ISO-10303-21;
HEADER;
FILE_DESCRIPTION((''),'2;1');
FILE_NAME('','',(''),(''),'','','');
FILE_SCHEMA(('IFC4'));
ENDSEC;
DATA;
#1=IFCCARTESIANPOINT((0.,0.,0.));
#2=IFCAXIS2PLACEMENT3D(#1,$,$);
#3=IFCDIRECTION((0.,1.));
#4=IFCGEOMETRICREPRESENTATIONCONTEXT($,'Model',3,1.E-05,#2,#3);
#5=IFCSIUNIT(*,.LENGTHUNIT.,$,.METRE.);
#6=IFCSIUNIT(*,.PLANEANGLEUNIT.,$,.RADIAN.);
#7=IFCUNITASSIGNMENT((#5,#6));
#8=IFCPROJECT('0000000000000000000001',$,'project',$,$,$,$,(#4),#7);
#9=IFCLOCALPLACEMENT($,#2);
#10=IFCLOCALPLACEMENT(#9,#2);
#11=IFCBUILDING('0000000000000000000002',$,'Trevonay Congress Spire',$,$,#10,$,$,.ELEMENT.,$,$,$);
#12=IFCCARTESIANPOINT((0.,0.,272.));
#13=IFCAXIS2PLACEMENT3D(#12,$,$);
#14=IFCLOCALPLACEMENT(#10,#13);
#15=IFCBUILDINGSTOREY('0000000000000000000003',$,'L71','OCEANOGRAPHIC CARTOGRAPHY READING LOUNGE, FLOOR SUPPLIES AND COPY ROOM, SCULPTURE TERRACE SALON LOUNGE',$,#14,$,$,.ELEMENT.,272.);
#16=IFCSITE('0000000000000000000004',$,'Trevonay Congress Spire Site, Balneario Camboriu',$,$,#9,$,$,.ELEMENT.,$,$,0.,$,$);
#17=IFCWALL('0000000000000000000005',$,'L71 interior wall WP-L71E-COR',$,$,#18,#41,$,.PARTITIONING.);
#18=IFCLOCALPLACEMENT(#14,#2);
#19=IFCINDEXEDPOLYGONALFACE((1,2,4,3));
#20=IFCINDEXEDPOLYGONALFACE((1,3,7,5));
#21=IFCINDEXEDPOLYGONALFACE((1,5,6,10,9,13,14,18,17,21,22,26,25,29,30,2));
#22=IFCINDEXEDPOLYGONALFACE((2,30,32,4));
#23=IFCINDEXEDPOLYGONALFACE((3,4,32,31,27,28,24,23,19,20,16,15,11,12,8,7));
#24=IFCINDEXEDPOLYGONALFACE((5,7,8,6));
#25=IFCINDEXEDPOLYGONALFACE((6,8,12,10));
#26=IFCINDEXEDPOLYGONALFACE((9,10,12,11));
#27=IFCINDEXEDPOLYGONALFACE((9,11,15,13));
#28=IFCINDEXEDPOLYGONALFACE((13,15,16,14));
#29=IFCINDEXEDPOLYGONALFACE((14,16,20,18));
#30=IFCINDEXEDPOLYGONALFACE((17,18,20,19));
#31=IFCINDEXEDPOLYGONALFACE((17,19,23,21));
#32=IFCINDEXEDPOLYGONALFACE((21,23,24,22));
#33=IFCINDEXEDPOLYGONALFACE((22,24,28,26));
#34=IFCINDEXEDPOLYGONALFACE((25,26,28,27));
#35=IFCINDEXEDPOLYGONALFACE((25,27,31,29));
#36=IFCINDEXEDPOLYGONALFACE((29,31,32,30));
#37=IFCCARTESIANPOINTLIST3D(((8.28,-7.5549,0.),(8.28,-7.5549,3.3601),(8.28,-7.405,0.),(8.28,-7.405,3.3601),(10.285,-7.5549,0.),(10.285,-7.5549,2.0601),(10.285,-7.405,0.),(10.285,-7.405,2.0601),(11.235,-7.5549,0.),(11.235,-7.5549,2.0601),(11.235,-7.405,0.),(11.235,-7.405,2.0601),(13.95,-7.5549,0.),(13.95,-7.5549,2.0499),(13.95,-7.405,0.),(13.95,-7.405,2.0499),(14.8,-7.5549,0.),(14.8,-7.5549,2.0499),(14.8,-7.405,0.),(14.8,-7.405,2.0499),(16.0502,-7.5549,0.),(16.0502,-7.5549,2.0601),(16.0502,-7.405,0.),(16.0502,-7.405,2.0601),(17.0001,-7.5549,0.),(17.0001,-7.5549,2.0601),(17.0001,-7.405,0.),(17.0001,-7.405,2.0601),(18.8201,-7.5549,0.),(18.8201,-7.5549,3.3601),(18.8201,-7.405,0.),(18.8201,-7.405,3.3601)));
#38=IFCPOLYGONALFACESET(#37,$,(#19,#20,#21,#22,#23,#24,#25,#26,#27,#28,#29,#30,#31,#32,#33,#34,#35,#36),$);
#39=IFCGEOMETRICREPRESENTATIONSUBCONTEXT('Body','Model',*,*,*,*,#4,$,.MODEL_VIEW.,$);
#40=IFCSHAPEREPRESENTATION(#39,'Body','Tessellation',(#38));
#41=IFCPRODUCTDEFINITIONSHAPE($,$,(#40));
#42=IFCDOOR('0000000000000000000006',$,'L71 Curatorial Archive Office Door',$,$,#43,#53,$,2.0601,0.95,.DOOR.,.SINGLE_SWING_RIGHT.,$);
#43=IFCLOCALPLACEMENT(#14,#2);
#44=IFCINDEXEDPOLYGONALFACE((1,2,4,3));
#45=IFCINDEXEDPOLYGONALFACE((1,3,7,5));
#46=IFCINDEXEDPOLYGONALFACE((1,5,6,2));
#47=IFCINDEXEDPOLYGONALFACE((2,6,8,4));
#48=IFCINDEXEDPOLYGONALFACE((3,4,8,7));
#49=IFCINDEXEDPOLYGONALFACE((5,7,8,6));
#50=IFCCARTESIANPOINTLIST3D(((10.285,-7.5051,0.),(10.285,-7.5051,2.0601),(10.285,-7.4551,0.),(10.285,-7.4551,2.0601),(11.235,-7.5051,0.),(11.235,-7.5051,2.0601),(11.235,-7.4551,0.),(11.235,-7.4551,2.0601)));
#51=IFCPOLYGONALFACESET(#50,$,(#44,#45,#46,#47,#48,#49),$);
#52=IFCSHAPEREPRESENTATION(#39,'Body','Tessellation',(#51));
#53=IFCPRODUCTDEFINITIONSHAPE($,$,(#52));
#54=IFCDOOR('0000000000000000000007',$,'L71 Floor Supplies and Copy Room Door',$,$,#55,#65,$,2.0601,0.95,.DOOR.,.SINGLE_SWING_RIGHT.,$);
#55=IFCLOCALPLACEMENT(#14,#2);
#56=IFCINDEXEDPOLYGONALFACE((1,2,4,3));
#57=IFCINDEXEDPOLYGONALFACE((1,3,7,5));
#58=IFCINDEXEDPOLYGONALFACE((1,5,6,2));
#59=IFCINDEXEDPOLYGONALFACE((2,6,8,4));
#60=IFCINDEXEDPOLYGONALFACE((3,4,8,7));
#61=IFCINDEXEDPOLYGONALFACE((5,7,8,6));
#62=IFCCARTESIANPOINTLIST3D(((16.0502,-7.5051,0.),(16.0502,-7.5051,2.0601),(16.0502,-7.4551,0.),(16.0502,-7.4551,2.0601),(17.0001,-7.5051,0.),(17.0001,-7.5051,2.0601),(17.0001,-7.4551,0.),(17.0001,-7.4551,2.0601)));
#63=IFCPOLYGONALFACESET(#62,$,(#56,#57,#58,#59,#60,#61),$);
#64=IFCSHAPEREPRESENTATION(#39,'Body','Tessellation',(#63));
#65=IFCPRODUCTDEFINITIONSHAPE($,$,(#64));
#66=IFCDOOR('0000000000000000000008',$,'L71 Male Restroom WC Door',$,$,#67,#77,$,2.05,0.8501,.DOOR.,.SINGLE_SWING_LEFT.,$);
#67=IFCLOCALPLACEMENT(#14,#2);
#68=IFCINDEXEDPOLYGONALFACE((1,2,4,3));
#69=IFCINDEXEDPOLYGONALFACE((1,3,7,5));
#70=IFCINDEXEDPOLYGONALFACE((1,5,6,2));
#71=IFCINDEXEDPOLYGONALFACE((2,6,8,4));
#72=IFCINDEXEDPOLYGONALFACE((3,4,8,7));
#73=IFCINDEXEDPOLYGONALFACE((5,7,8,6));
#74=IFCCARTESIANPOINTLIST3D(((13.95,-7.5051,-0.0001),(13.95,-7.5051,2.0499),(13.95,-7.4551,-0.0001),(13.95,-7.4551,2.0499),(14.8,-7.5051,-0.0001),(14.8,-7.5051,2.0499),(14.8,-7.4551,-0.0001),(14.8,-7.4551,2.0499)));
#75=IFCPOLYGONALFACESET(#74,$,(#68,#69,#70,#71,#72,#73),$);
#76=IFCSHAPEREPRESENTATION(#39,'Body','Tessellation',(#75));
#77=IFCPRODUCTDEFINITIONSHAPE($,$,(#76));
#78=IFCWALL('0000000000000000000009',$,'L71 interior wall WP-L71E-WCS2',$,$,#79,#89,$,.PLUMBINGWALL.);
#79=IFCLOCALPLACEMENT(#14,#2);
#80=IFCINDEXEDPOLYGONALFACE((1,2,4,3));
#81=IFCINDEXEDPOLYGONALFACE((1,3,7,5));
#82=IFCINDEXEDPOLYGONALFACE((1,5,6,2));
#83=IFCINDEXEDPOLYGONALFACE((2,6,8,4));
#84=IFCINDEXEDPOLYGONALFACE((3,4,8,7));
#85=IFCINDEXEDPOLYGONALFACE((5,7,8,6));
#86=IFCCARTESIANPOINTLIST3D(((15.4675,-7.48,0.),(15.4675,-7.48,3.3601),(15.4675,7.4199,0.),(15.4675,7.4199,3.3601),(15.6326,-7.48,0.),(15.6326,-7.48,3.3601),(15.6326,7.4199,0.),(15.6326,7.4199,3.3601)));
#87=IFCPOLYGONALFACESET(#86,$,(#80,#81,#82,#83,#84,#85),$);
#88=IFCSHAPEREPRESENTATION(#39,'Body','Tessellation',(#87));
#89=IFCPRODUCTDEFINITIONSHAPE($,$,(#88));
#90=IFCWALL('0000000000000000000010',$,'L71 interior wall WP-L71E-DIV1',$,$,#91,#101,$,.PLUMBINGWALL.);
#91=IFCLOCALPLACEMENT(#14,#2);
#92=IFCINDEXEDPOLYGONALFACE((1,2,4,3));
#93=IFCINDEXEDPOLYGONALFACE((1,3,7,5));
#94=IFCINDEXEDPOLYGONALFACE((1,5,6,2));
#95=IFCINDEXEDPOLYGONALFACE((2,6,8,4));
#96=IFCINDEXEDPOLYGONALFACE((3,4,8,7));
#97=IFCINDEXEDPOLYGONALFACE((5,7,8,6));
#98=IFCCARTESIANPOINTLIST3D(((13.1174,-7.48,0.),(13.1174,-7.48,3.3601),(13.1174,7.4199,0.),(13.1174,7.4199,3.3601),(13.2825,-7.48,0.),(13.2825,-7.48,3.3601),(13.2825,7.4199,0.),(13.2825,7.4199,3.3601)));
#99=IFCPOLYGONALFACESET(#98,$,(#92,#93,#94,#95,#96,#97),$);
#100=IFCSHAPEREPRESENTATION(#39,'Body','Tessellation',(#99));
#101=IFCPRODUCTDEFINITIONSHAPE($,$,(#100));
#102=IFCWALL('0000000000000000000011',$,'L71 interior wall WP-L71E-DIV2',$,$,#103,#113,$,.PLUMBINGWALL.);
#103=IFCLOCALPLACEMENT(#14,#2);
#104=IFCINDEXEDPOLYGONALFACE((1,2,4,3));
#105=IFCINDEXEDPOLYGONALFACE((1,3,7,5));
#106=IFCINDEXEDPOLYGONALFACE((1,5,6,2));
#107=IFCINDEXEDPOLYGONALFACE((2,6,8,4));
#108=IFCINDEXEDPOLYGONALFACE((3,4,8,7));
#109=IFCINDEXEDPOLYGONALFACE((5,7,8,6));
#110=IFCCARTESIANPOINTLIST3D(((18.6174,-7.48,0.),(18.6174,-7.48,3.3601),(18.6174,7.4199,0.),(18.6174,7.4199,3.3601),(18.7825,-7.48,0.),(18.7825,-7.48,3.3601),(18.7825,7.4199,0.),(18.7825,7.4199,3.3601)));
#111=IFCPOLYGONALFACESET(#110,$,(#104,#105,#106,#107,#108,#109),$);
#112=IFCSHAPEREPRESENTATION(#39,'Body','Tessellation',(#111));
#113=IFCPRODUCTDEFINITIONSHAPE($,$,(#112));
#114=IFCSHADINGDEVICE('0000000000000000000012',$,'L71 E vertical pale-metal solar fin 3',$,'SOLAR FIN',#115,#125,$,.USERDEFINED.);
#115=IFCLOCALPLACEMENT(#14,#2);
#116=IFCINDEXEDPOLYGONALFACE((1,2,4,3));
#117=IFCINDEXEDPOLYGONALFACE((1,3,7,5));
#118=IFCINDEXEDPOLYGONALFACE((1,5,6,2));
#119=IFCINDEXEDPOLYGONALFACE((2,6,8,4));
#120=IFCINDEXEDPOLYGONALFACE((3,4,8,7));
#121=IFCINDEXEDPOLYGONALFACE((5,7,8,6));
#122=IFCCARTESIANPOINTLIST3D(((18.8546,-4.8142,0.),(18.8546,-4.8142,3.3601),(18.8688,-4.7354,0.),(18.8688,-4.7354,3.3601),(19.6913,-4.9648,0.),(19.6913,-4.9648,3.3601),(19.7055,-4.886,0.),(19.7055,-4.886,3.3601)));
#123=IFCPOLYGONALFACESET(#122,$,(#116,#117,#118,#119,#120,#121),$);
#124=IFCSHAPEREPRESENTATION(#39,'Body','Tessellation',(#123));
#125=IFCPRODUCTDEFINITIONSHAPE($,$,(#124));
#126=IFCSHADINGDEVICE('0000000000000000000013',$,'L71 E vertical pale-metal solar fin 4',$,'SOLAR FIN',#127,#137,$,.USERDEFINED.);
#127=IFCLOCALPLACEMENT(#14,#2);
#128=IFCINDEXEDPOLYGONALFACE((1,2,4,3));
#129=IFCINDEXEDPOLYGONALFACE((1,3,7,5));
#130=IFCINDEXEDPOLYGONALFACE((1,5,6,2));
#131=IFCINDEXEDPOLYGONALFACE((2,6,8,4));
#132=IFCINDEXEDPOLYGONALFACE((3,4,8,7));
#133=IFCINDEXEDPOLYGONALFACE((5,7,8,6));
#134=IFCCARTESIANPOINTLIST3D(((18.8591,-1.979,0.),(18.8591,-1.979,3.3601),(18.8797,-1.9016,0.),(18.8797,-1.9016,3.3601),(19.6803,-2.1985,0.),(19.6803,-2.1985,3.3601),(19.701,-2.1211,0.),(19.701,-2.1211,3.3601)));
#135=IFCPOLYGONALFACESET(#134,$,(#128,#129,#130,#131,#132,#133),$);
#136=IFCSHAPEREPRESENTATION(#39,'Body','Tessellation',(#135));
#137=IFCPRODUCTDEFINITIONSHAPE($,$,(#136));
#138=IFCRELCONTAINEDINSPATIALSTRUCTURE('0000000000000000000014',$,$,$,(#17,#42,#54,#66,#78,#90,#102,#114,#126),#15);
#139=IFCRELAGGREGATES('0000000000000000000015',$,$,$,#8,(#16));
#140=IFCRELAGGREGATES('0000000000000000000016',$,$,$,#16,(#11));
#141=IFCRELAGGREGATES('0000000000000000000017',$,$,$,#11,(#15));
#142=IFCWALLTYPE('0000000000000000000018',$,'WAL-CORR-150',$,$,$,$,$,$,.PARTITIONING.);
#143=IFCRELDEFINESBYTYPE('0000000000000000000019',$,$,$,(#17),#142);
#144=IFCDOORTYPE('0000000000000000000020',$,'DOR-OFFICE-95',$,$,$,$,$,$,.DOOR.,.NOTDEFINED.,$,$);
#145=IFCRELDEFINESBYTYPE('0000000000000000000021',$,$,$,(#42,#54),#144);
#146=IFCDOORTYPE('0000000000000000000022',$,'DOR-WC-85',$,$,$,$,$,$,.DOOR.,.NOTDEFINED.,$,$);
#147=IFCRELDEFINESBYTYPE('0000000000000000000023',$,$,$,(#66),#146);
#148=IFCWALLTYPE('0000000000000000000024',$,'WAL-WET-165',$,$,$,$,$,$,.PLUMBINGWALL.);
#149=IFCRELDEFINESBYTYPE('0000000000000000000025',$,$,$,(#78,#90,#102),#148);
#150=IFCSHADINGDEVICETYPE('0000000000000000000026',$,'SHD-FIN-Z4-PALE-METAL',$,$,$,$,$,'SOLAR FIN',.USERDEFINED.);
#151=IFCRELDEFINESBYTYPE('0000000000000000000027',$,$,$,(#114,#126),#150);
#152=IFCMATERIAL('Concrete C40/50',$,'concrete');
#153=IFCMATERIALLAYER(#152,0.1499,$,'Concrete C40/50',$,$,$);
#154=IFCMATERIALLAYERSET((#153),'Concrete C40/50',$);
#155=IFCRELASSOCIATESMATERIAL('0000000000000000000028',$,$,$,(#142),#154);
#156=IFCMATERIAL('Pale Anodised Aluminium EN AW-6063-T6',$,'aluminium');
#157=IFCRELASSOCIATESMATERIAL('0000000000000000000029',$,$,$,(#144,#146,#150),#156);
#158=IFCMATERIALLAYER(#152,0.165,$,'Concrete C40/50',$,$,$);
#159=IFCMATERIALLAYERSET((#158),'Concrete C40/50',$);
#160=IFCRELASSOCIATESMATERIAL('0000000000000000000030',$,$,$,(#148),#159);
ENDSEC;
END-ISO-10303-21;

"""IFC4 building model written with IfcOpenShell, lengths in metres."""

from ifc_helpers import new_model, si_unit, direction, frame, frame_2d, origin, origin_2d, place, context, subcontext, project, spatial, rectangle, extrude, material, layer, layer_set, type_object, element, fill, save


model = new_model("IFC4")

# Units and contexts
model_context = context("Model", 3, precision=1e-05, world=origin(), true_north=direction((0.0, 1.0)))
body_context = subcontext(model_context, "Body", "Model", "MODEL_VIEW")
ifc_project = project(units=[si_unit("LENGTHUNIT", "METRE"), si_unit("PLANEANGLEUNIT", "RADIAN")], contexts=[model_context])

# Site, building, storey
site_placement = place(None, origin())
site = spatial("IfcSite", under=ifc_project, at=site_placement, Name="Trevonay Congress Spire Site, Balneario Camboriu", CompositionType="ELEMENT", RefElevation=0.0)
building_placement = place(site_placement, origin())
building = spatial("IfcBuilding", under=site, at=building_placement, Name="Trevonay Congress Spire", CompositionType="ELEMENT")
storey_placement = place(building_placement, frame((0.0, 0.0, 272.0)))
storey = spatial("IfcBuildingStorey", under=building, at=storey_placement, Name="L71", Description="OCEANOGRAPHIC CARTOGRAPHY READING LOUNGE, FLOOR SUPPLIES AND COPY ROOM, SCULPTURE TERRACE SALON LOUNGE", CompositionType="ELEMENT", Elevation=272.0)

# Shared definitions
ifc_material_1 = material(Name="Pale Anodised Aluminium EN AW-6063-T6", Category="aluminium")

# Shared definitions
ifc_material_2 = material(Name="Concrete C40/50", Category="concrete")
ifc_layer_1 = layer(ifc_material_2, 0.1499, Name="Concrete C40/50")
ifc_layer_set_1 = layer_set([ifc_layer_1], Name="Concrete C40/50")
wall_type_1 = type_object("IfcWallType", Name="WAL-CORR-150", PredefinedType="PARTITIONING", material=ifc_layer_set_1)

# Wall, openings, doors
wall_1_placement = place(storey_placement, frame((8.28, -7.48, 0.0), z_axis=(0.0, 0.0, 1.0), x_axis=(1.0, 0.0, 0.0)))
wall_1 = element("IfcWall", 1, at=wall_1_placement, inside=storey, type_object=wall_type_1, Name="L71 interior wall WP-L71E-COR", PredefinedType="PARTITIONING", context=body_context, shape_type="SweptSolid", body=[
    extrude(rectangle(XDim=10.54, YDim=0.1499, at=frame_2d((5.27, 0.0))), origin(), (0.0, 0.0, 1.0), 3.3601),
])
opening_1_placement = place(wall_1_placement, frame((2.0049, 0.0, 0.0)))
opening_1 = element("IfcOpeningElement", 2, at=opening_1_placement, cuts=wall_1, PredefinedType="OPENING", context=body_context, shape_type="SweptSolid", body=[
    extrude(rectangle(XDim=0.95, YDim=2.0601, at=frame_2d((0.4751, 1.03))), frame((0.0, 0.085, 0.0), z_axis=(0.0, -1.0, 0.0), x_axis=(1.0, 0.0, 0.0)), (0.0, 0.0, 1.0), 0.1699),
])
opening_2_placement = place(wall_1_placement, frame((5.6699, 0.0, 0.0)))
opening_2 = element("IfcOpeningElement", 3, at=opening_2_placement, cuts=wall_1, PredefinedType="OPENING", context=body_context, shape_type="SweptSolid", body=[
    extrude(rectangle(XDim=0.8501, YDim=2.05, at=frame_2d((0.425, 1.0249))), frame((0.0, 0.085, 0.0), z_axis=(0.0, -1.0, 0.0), x_axis=(1.0, 0.0, 0.0)), (0.0, 0.0, 1.0), 0.1699),
])
opening_3_placement = place(wall_1_placement, frame((7.77, 0.0, 0.0)))
opening_3 = element("IfcOpeningElement", 4, at=opening_3_placement, cuts=wall_1, PredefinedType="OPENING", context=body_context, shape_type="SweptSolid", body=[
    extrude(rectangle(XDim=0.95, YDim=2.0601, at=frame_2d((0.4751, 1.03))), frame((0.0, 0.085, 0.0), z_axis=(0.0, -1.0, 0.0), x_axis=(1.0, 0.0, 0.0)), (0.0, 0.0, 1.0), 0.1699),
])
door_type_1 = type_object("IfcDoorType", Name="DOR-OFFICE-95", OperationType="NOTDEFINED", PredefinedType="DOOR", material=ifc_material_1)
door_1_placement = place(opening_1_placement, origin())
door_1 = element("IfcDoor", 5, at=door_1_placement, inside=storey, type_object=door_type_1, Name="L71 Curatorial Archive Office Door", OperationType="SINGLE_SWING_RIGHT", OverallHeight=2.0601, OverallWidth=0.95, PredefinedType="DOOR", context=body_context, shape_type="SweptSolid", body=[
    extrude(rectangle(XDim=0.95, YDim=2.0601, at=frame_2d((0.4751, 1.03))), frame((0.0, 0.0249, 0.0), z_axis=(0.0, -1.0, 0.0), x_axis=(1.0, 0.0, 0.0)), (0.0, 0.0, 1.0), 0.05),
])
fill(opening_1, door_1)
door_2_placement = place(opening_3_placement, origin())
door_2 = element("IfcDoor", 6, at=door_2_placement, inside=storey, type_object=door_type_1, Name="L71 Floor Supplies and Copy Room Door", OperationType="SINGLE_SWING_RIGHT", OverallHeight=2.0601, OverallWidth=0.95, PredefinedType="DOOR", context=body_context, shape_type="SweptSolid", body=[
    extrude(rectangle(XDim=0.95, YDim=2.0601, at=frame_2d((0.4751, 1.03))), frame((0.0, 0.0249, 0.0), z_axis=(0.0, -1.0, 0.0), x_axis=(1.0, 0.0, 0.0)), (0.0, 0.0, 1.0), 0.05),
])
fill(opening_3, door_2)
door_type_2 = type_object("IfcDoorType", Name="DOR-WC-85", OperationType="NOTDEFINED", PredefinedType="DOOR", material=ifc_material_1)
door_3_placement = place(opening_2_placement, origin())
door_3 = element("IfcDoor", 7, at=door_3_placement, inside=storey, type_object=door_type_2, Name="L71 Male Restroom WC Door", OperationType="SINGLE_SWING_LEFT", OverallHeight=2.05, OverallWidth=0.8501, PredefinedType="DOOR", context=body_context, shape_type="SweptSolid", body=[
    extrude(rectangle(XDim=0.8501, YDim=2.05, at=frame_2d((0.425, 1.0249))), frame((0.0, 0.0249, 0.0), z_axis=(0.0, -1.0, 0.0), x_axis=(1.0, 0.0, 0.0)), (0.0, 0.0, 1.0), 0.05),
])
fill(opening_2, door_3)

# Walls
ifc_layer_2 = layer(ifc_material_2, 0.165, Name="Concrete C40/50")
ifc_layer_set_2 = layer_set([ifc_layer_2], Name="Concrete C40/50")
wall_type_2 = type_object("IfcWallType", Name="WAL-WET-165", PredefinedType="PLUMBINGWALL", material=ifc_layer_set_2)
for number, where, z_axis, x_axis, name in (
    (8, (15.55, -7.48, 0.0), (0.0, 0.0, 1.0), (0.0, 1.0, 0.0), "L71 interior wall WP-L71E-WCS2"),
    (9, (13.2, -7.48, 0.0), (0.0, 0.0, 1.0), (0.0, 1.0, 0.0), "L71 interior wall WP-L71E-DIV1"),
    (10, (18.7, -7.48, 0.0), (0.0, 0.0, 1.0), (0.0, 1.0, 0.0), "L71 interior wall WP-L71E-DIV2"),
):
    element("IfcWall", number, at=place(storey_placement, frame(where, z_axis=z_axis, x_axis=x_axis)), inside=storey, type_object=wall_type_2, Name=name, PredefinedType="PLUMBINGWALL", context=body_context, shape_type="SweptSolid", body=[
        extrude(rectangle(XDim=14.8999, YDim=0.165, at=frame_2d((7.45, 0.0))), origin(), (0.0, 0.0, 1.0), 3.3601),
    ])

# Shading devices
shading_device_type = type_object("IfcShadingDeviceType", Name="SHD-FIN-Z4-PALE-METAL", ElementType="SOLAR FIN", PredefinedType="USERDEFINED", material=ifc_material_1)
for number, where, z_axis, x_axis, name in (
    (11, (19.28, -4.8501, 0.0), (0.0, 0.0, 1.0), (0.177085, 0.984196, 0.0), "L71 E vertical pale-metal solar fin 3"),
    (12, (19.28, -2.05, 0.0), (0.0, 0.0, 1.0), (0.258145, 0.966106, 0.0), "L71 E vertical pale-metal solar fin 4"),
):
    element("IfcShadingDevice", number, at=place(storey_placement, frame(where, z_axis=z_axis, x_axis=x_axis)), inside=storey, type_object=shading_device_type, Name=name, ObjectType="SOLAR FIN", PredefinedType="USERDEFINED", context=body_context, shape_type="SweptSolid", body=[
        extrude(rectangle(XDim=0.0801, YDim=0.8501, at=origin_2d()), origin(), (0.0, 0.0, 1.0), 3.3601),
    ])

save(model, "model.ifc")
